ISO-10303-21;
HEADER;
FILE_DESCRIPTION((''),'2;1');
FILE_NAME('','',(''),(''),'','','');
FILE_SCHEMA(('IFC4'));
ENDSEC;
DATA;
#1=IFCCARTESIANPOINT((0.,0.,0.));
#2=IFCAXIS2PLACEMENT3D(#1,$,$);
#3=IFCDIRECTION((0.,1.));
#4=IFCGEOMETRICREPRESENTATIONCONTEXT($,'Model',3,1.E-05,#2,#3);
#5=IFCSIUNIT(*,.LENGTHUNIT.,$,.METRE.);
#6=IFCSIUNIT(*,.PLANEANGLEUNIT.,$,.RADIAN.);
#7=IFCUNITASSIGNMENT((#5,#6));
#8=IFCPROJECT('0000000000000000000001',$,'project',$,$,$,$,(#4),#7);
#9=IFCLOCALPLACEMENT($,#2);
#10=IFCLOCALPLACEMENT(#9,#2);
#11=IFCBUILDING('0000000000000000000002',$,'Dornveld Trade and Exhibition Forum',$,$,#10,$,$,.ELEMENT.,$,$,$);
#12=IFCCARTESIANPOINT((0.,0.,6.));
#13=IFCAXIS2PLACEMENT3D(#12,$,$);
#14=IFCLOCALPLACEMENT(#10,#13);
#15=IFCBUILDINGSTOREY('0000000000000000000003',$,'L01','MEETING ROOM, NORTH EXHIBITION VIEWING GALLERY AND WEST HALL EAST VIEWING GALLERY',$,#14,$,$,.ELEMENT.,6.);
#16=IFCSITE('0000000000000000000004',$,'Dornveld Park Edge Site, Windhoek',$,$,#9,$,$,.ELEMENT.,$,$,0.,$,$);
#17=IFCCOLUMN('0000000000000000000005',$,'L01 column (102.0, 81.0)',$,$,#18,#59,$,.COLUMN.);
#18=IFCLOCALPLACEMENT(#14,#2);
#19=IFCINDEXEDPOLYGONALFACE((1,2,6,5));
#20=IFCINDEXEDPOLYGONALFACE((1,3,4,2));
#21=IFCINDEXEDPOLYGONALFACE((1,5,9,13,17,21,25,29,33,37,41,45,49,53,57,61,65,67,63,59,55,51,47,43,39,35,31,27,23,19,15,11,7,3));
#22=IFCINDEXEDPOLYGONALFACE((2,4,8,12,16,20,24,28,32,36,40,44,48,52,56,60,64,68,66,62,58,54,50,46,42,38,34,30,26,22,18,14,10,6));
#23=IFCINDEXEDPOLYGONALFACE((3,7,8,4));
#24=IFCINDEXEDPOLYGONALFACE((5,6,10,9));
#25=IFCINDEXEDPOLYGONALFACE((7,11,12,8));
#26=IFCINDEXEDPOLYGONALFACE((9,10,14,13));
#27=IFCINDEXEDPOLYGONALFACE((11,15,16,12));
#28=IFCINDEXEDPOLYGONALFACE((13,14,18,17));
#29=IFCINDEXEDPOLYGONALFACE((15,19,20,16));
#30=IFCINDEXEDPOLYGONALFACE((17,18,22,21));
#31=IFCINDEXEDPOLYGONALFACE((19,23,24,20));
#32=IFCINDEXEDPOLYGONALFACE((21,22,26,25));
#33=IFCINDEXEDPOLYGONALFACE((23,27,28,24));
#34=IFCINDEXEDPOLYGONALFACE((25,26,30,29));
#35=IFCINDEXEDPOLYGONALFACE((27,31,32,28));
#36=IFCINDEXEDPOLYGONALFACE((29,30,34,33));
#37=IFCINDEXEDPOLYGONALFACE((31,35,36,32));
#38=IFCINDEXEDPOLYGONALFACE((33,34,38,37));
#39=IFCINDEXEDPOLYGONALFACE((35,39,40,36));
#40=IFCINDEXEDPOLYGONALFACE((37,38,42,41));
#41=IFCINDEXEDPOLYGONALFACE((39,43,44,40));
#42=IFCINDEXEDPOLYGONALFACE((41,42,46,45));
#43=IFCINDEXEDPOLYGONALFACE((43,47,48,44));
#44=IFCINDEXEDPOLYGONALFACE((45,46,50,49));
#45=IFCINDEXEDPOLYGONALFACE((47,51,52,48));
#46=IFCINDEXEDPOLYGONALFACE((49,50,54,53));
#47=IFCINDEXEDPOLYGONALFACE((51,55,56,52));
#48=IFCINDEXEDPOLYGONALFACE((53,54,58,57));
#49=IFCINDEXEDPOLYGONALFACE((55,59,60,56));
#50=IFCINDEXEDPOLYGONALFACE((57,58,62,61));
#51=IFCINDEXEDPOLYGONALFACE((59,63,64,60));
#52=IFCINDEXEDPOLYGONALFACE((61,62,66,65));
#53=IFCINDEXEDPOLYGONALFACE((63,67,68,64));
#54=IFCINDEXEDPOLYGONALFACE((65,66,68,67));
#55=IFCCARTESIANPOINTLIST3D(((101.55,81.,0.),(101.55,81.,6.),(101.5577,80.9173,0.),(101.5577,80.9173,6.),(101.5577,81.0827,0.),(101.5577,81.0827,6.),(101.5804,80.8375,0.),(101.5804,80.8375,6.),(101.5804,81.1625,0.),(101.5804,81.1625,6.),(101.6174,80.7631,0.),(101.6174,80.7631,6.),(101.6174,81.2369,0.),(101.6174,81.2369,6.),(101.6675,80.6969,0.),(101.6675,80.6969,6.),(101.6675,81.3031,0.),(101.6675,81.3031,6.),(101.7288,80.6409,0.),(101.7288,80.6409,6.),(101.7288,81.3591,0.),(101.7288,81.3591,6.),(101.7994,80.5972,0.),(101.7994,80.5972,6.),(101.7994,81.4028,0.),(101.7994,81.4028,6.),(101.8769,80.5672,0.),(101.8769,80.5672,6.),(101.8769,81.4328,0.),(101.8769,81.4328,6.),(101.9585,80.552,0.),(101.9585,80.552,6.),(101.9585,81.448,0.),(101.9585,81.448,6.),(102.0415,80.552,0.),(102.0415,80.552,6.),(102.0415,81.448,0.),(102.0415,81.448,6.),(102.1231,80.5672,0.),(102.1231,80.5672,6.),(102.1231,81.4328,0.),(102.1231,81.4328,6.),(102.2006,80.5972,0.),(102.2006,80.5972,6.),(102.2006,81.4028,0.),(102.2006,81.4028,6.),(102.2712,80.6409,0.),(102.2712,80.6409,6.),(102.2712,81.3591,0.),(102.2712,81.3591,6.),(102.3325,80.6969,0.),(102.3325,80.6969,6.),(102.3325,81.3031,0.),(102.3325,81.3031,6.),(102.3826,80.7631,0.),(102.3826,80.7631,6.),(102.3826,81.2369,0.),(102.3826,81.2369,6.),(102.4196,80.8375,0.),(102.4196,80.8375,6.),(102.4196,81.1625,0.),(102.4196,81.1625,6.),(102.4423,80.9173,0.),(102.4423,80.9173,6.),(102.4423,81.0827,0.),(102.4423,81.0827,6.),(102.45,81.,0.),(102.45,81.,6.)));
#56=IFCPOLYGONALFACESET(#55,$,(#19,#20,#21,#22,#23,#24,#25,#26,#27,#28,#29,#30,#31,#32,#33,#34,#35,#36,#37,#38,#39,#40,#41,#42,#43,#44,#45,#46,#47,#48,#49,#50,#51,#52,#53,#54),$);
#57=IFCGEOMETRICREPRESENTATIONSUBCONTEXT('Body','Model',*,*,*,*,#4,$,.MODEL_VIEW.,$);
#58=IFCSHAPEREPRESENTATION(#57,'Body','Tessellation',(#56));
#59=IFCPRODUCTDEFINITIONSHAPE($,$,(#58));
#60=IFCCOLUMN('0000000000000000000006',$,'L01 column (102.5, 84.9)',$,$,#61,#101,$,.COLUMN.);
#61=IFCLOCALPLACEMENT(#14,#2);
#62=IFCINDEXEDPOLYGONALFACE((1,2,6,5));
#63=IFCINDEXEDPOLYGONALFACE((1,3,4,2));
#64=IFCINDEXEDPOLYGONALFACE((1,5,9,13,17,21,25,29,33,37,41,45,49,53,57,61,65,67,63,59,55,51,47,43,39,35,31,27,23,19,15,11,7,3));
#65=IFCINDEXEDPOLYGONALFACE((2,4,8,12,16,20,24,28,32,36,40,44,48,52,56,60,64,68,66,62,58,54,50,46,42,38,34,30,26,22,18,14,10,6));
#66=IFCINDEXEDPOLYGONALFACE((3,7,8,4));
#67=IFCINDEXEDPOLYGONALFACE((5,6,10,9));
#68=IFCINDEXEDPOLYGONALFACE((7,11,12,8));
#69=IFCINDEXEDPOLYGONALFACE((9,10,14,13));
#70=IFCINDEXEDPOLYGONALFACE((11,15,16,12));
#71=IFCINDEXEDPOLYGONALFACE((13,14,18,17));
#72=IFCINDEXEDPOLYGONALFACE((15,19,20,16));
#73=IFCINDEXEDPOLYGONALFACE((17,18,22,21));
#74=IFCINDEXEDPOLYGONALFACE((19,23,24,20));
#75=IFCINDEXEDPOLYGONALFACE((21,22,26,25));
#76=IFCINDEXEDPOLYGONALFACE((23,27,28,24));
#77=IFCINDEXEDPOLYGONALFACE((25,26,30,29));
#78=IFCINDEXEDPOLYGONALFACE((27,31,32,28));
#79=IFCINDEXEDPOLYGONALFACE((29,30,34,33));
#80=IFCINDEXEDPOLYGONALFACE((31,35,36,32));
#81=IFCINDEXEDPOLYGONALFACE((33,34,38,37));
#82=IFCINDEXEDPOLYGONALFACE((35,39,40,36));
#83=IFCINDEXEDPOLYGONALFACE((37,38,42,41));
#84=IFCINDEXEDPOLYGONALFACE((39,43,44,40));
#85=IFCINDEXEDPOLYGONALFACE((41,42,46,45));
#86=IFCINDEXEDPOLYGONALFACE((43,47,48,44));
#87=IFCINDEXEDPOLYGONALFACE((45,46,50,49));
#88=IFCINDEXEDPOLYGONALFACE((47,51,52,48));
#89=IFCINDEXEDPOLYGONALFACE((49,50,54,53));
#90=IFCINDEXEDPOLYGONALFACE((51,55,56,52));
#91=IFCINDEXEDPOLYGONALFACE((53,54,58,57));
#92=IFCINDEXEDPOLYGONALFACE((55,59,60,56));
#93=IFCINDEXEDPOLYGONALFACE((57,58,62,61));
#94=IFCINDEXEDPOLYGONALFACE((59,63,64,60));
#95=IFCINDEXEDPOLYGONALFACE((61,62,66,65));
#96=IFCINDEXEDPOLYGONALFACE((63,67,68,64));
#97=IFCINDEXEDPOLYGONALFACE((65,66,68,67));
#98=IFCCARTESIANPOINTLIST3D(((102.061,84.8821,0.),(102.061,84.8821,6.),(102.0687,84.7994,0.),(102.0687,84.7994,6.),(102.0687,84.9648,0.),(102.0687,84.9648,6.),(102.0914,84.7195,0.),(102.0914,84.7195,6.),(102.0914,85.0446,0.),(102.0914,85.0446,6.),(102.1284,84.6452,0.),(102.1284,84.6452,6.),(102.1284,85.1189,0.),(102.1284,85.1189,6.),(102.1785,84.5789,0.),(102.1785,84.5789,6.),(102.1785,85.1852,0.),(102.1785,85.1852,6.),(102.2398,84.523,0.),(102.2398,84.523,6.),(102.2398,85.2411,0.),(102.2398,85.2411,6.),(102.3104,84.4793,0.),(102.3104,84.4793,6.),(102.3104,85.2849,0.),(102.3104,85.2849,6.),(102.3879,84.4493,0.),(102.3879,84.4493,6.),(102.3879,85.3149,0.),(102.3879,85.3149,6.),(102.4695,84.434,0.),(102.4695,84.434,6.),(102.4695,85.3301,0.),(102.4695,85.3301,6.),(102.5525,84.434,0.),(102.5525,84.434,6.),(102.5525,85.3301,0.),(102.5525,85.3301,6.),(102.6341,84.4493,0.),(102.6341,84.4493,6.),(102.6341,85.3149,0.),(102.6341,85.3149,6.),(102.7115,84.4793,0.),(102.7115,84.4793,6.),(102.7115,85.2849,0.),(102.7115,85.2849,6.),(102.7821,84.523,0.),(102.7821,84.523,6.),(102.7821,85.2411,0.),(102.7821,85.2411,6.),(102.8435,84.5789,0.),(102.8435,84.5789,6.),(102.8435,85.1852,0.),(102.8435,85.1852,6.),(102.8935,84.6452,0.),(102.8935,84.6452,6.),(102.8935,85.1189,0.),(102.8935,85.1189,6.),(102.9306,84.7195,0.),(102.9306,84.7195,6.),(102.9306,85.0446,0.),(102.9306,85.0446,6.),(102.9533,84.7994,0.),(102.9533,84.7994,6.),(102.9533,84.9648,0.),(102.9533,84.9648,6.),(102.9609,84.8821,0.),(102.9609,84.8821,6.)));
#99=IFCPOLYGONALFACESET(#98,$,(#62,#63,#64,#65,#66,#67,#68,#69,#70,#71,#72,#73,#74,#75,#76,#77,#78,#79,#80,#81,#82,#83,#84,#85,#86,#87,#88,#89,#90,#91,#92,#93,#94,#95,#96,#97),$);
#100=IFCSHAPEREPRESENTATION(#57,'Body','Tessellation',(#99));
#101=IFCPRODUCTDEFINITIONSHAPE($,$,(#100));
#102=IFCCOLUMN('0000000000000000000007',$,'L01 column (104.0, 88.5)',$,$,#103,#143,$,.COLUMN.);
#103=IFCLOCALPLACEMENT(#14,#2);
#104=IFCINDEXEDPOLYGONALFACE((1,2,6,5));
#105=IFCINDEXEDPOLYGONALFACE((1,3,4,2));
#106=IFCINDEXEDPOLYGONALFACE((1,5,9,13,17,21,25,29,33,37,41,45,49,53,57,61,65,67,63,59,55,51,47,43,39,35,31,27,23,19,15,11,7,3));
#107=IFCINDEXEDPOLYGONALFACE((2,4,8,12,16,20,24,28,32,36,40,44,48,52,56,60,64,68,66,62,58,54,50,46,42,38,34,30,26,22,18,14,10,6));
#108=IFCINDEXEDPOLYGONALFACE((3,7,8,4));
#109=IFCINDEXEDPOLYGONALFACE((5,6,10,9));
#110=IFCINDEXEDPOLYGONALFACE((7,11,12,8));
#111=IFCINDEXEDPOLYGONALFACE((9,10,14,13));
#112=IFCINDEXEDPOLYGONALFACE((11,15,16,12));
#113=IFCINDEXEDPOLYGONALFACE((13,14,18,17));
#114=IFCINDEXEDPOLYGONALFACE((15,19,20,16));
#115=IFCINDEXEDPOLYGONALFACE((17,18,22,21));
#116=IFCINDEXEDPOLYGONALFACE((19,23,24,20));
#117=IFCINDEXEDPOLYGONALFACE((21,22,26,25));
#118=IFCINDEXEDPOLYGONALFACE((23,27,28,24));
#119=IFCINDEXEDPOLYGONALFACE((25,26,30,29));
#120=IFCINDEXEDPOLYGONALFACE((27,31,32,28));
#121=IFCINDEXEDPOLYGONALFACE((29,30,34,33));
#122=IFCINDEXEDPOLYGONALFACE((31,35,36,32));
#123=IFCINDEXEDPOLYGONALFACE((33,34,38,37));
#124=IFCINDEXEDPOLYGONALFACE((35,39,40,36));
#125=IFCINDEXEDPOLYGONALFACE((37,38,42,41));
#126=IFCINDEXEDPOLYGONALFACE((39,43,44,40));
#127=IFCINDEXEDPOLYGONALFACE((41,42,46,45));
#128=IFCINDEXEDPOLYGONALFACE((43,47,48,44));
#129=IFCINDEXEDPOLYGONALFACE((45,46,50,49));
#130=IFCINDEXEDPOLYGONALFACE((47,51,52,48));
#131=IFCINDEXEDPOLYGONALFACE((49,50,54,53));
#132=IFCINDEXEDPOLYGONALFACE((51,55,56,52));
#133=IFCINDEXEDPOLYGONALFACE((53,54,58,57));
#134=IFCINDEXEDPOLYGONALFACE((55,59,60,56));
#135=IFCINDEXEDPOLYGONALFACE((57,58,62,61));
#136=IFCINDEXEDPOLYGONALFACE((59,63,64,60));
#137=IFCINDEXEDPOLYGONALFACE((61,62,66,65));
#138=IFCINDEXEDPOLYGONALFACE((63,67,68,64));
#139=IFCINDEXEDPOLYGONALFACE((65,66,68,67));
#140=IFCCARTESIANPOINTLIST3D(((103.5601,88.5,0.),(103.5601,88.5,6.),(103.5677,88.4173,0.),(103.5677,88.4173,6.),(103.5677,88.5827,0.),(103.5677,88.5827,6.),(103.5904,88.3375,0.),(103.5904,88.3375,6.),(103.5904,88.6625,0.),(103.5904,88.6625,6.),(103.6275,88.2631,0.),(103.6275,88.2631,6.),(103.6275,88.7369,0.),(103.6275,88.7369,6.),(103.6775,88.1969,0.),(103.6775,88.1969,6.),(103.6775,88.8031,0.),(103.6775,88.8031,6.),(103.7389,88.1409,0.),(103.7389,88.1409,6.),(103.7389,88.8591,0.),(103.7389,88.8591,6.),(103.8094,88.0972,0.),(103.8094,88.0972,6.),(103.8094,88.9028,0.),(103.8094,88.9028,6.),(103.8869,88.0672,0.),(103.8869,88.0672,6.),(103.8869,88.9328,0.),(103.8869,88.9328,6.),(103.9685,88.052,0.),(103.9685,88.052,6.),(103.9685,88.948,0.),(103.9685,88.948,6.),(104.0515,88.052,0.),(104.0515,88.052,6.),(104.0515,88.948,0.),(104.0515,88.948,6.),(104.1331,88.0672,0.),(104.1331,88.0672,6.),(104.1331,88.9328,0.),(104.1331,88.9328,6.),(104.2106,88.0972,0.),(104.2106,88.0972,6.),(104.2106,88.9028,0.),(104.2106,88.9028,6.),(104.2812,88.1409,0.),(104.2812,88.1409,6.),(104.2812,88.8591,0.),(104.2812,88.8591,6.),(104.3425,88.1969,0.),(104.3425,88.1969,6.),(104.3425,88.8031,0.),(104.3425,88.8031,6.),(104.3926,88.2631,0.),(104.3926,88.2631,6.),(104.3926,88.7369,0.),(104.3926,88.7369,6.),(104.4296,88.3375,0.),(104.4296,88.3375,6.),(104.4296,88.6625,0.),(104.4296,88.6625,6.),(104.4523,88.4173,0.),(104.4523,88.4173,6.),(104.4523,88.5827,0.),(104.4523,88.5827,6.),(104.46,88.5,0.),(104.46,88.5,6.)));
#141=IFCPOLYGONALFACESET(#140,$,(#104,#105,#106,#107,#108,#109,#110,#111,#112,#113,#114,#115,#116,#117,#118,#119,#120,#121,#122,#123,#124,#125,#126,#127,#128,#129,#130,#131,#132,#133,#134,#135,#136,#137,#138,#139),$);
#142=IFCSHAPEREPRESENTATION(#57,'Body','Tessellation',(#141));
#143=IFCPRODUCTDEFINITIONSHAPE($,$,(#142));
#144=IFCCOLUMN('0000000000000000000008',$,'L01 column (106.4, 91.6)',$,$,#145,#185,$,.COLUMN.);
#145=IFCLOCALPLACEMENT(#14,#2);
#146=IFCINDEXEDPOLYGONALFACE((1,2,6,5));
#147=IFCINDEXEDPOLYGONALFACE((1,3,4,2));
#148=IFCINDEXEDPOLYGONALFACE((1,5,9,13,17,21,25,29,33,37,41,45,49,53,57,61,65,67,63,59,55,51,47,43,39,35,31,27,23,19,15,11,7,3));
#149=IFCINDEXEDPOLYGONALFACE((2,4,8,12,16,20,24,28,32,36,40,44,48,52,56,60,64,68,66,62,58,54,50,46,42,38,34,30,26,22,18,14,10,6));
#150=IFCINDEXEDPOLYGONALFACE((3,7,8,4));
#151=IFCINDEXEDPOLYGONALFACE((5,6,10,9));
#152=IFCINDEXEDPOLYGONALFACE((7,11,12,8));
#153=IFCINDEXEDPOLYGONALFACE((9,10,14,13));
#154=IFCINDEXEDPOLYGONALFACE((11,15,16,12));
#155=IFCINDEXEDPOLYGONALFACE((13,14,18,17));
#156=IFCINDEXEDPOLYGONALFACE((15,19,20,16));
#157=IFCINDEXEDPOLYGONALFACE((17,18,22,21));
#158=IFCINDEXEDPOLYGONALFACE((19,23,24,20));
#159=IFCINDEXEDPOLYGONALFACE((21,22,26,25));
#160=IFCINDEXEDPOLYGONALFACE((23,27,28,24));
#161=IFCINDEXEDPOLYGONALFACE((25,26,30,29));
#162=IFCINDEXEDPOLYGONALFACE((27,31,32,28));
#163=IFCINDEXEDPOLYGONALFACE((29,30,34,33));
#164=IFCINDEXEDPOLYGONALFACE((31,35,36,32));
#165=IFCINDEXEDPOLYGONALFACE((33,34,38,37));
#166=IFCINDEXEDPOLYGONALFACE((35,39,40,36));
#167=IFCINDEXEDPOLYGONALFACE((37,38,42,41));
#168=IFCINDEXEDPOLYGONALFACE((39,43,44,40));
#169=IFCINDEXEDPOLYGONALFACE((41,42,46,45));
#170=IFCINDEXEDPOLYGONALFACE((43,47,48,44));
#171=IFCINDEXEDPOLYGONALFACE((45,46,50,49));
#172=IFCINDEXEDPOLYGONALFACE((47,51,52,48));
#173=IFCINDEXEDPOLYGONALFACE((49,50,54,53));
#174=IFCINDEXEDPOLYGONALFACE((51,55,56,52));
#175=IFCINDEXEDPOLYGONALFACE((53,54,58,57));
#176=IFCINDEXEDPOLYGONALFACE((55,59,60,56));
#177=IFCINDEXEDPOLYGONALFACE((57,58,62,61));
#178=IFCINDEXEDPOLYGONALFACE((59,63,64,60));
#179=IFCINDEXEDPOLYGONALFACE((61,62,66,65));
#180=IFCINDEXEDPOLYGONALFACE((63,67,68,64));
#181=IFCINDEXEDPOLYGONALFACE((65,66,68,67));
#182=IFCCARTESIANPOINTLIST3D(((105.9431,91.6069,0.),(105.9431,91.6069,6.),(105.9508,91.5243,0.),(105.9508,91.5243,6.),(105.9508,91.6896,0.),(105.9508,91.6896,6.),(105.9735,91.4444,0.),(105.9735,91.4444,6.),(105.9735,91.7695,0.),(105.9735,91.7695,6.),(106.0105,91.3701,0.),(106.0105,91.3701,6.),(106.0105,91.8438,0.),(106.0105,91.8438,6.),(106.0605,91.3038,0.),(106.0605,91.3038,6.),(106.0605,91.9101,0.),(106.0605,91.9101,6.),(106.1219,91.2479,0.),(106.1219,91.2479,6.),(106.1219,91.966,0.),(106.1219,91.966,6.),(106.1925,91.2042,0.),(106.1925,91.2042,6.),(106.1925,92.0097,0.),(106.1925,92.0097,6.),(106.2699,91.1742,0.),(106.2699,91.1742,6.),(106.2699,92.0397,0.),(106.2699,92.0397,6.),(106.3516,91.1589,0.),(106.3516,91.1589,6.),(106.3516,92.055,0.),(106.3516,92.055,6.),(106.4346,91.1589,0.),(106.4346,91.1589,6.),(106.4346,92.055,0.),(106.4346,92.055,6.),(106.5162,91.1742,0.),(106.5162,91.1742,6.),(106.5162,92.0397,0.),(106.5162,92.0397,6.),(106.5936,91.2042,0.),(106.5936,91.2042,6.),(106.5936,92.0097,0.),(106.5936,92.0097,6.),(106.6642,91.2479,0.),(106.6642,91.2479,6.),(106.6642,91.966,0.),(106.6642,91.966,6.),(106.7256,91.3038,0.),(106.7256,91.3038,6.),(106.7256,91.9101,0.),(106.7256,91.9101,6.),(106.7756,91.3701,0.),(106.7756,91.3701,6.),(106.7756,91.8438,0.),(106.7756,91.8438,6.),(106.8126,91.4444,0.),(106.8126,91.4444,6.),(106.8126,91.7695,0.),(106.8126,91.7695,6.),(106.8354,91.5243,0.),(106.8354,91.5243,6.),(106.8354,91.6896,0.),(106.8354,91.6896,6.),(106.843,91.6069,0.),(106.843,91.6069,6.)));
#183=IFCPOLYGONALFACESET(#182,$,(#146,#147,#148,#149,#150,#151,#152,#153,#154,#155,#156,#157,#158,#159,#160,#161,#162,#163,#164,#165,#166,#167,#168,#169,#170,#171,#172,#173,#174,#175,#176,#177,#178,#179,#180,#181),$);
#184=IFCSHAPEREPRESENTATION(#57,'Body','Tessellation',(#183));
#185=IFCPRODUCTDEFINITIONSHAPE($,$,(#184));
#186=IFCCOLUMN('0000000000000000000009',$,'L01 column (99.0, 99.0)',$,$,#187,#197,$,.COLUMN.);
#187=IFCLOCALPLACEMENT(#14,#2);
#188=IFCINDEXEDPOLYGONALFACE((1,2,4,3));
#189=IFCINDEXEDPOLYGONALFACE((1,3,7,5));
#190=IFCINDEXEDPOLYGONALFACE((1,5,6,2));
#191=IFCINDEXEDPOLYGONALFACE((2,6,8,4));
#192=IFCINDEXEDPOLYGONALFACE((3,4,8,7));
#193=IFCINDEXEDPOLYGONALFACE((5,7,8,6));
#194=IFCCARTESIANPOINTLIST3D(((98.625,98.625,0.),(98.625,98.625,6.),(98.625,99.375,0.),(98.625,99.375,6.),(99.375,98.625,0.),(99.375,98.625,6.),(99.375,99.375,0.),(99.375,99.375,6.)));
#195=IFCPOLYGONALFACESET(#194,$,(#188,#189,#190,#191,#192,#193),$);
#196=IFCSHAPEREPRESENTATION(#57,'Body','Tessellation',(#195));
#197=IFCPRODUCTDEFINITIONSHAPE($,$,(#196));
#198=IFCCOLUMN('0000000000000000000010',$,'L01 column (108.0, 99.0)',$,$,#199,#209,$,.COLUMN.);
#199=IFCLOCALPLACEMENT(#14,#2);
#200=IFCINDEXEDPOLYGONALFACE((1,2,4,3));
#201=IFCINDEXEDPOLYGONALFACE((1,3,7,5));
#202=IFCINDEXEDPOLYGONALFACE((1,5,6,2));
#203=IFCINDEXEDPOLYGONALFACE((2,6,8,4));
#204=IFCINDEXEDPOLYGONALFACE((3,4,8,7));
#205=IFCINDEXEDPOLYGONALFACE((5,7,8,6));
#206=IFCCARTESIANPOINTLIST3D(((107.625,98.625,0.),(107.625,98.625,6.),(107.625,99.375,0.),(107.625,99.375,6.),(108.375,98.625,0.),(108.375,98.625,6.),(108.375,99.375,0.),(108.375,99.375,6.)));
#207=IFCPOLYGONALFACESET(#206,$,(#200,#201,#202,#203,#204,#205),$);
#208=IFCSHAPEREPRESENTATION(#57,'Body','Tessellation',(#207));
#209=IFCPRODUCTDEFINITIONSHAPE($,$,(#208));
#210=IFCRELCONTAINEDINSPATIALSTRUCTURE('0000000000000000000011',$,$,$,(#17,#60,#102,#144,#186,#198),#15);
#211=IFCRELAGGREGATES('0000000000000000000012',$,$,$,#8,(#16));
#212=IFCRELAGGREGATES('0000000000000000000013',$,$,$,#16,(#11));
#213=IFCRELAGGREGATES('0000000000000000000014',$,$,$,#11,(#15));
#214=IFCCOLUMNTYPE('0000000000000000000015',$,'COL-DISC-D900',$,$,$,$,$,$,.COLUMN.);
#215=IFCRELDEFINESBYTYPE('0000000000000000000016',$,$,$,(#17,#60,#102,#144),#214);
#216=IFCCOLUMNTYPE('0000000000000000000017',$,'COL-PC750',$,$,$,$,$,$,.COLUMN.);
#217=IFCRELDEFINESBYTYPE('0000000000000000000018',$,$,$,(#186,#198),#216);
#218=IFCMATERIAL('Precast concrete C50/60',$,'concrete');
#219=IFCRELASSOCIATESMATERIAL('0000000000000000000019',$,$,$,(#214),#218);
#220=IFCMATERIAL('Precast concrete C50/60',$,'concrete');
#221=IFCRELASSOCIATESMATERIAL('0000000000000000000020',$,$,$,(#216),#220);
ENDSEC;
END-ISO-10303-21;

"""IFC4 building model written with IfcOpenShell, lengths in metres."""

from ifc_helpers import new_model, si_unit, direction, frame, origin, origin_2d, place, context, subcontext, project, spatial, rectangle, circle, extrude, material, material_profile, profile_set, type_object, element, save


model = new_model("IFC4")

# Units and contexts
model_context = context("Model", 3, precision=1e-05, world=origin(), true_north=direction((0.0, 1.0)))
body_context = subcontext(model_context, "Body", "Model", "MODEL_VIEW")
ifc_project = project(units=[si_unit("LENGTHUNIT", "METRE"), si_unit("PLANEANGLEUNIT", "RADIAN")], contexts=[model_context])

# Site, building, storey
site_placement = place(None, origin())
site = spatial("IfcSite", under=ifc_project, at=site_placement, Name="Dornveld Park Edge Site, Windhoek", CompositionType="ELEMENT", RefElevation=0.0)
building_placement = place(site_placement, origin())
building = spatial("IfcBuilding", under=site, at=building_placement, Name="Dornveld Trade and Exhibition Forum", CompositionType="ELEMENT")
storey_placement = place(building_placement, frame((0.0, 0.0, 6.0)))
storey = spatial("IfcBuildingStorey", under=building, at=storey_placement, Name="L01", Description="MEETING ROOM, NORTH EXHIBITION VIEWING GALLERY AND WEST HALL EAST VIEWING GALLERY", CompositionType="ELEMENT", Elevation=6.0)

# Columns
ifc_material_1 = material(Name="Precast concrete C50/60", Category="concrete")
ifc_material_profile_1 = material_profile(ifc_material_1, circle(Radius=0.45, at=origin_2d()), Name="PC-COL D900")
ifc_profile_set_1 = profile_set([ifc_material_profile_1], Name="Precast concrete C50/60")
column_type_1 = type_object("IfcColumnType", Name="COL-DISC-D900", PredefinedType="COLUMN", material=ifc_profile_set_1)
for number, where, z_axis, x_axis, name in (
    (1, (102.0, 81.0, 0.0), (0.0, 0.0, 1.0), (1.0, 0.0, 0.0), "L01 column (102.0, 81.0)"),
    (2, (102.511, 84.8821, 0.0), (0.0, 0.0, 1.0), (1.0, 0.0, 0.0), "L01 column (102.5, 84.9)"),
    (3, (104.01, 88.5, 0.0), (0.0, 0.0, 1.0), (1.0, 0.0, 0.0), "L01 column (104.0, 88.5)"),
    (4, (106.3931, 91.6069, 0.0), (0.0, 0.0, 1.0), (1.0, 0.0, 0.0), "L01 column (106.4, 91.6)"),
):
    element("IfcColumn", number, at=place(storey_placement, frame(where, z_axis=z_axis, x_axis=x_axis)), inside=storey, type_object=column_type_1, Name=name, PredefinedType="COLUMN", context=body_context, shape_type="SweptSolid", body=[
        extrude(circle(Radius=0.45, at=origin_2d()), origin(), (0.0, 0.0, 1.0), 6.0),
    ])
ifc_material_2 = material(Name="Precast concrete C50/60", Category="concrete")
ifc_material_profile_2 = material_profile(ifc_material_2, rectangle(XDim=0.75, YDim=0.75, at=origin_2d()), Name="PC-COL 750x750")
ifc_profile_set_2 = profile_set([ifc_material_profile_2], Name="Precast concrete C50/60")
column_type_2 = type_object("IfcColumnType", Name="COL-PC750", PredefinedType="COLUMN", material=ifc_profile_set_2)
for number, where, z_axis, x_axis, name in (
    (5, (99.0, 99.0, 0.0), (0.0, 0.0, 1.0), (1.0, 0.0, 0.0), "L01 column (99.0, 99.0)"),
    (6, (108.0, 99.0, 0.0), (0.0, 0.0, 1.0), (1.0, 0.0, 0.0), "L01 column (108.0, 99.0)"),
):
    element("IfcColumn", number, at=place(storey_placement, frame(where, z_axis=z_axis, x_axis=x_axis)), inside=storey, type_object=column_type_2, Name=name, PredefinedType="COLUMN", context=body_context, shape_type="SweptSolid", body=[
        extrude(rectangle(XDim=0.75, YDim=0.75, at=origin_2d()), origin(), (0.0, 0.0, 1.0), 6.0),
    ])

save(model, "model.ifc")
